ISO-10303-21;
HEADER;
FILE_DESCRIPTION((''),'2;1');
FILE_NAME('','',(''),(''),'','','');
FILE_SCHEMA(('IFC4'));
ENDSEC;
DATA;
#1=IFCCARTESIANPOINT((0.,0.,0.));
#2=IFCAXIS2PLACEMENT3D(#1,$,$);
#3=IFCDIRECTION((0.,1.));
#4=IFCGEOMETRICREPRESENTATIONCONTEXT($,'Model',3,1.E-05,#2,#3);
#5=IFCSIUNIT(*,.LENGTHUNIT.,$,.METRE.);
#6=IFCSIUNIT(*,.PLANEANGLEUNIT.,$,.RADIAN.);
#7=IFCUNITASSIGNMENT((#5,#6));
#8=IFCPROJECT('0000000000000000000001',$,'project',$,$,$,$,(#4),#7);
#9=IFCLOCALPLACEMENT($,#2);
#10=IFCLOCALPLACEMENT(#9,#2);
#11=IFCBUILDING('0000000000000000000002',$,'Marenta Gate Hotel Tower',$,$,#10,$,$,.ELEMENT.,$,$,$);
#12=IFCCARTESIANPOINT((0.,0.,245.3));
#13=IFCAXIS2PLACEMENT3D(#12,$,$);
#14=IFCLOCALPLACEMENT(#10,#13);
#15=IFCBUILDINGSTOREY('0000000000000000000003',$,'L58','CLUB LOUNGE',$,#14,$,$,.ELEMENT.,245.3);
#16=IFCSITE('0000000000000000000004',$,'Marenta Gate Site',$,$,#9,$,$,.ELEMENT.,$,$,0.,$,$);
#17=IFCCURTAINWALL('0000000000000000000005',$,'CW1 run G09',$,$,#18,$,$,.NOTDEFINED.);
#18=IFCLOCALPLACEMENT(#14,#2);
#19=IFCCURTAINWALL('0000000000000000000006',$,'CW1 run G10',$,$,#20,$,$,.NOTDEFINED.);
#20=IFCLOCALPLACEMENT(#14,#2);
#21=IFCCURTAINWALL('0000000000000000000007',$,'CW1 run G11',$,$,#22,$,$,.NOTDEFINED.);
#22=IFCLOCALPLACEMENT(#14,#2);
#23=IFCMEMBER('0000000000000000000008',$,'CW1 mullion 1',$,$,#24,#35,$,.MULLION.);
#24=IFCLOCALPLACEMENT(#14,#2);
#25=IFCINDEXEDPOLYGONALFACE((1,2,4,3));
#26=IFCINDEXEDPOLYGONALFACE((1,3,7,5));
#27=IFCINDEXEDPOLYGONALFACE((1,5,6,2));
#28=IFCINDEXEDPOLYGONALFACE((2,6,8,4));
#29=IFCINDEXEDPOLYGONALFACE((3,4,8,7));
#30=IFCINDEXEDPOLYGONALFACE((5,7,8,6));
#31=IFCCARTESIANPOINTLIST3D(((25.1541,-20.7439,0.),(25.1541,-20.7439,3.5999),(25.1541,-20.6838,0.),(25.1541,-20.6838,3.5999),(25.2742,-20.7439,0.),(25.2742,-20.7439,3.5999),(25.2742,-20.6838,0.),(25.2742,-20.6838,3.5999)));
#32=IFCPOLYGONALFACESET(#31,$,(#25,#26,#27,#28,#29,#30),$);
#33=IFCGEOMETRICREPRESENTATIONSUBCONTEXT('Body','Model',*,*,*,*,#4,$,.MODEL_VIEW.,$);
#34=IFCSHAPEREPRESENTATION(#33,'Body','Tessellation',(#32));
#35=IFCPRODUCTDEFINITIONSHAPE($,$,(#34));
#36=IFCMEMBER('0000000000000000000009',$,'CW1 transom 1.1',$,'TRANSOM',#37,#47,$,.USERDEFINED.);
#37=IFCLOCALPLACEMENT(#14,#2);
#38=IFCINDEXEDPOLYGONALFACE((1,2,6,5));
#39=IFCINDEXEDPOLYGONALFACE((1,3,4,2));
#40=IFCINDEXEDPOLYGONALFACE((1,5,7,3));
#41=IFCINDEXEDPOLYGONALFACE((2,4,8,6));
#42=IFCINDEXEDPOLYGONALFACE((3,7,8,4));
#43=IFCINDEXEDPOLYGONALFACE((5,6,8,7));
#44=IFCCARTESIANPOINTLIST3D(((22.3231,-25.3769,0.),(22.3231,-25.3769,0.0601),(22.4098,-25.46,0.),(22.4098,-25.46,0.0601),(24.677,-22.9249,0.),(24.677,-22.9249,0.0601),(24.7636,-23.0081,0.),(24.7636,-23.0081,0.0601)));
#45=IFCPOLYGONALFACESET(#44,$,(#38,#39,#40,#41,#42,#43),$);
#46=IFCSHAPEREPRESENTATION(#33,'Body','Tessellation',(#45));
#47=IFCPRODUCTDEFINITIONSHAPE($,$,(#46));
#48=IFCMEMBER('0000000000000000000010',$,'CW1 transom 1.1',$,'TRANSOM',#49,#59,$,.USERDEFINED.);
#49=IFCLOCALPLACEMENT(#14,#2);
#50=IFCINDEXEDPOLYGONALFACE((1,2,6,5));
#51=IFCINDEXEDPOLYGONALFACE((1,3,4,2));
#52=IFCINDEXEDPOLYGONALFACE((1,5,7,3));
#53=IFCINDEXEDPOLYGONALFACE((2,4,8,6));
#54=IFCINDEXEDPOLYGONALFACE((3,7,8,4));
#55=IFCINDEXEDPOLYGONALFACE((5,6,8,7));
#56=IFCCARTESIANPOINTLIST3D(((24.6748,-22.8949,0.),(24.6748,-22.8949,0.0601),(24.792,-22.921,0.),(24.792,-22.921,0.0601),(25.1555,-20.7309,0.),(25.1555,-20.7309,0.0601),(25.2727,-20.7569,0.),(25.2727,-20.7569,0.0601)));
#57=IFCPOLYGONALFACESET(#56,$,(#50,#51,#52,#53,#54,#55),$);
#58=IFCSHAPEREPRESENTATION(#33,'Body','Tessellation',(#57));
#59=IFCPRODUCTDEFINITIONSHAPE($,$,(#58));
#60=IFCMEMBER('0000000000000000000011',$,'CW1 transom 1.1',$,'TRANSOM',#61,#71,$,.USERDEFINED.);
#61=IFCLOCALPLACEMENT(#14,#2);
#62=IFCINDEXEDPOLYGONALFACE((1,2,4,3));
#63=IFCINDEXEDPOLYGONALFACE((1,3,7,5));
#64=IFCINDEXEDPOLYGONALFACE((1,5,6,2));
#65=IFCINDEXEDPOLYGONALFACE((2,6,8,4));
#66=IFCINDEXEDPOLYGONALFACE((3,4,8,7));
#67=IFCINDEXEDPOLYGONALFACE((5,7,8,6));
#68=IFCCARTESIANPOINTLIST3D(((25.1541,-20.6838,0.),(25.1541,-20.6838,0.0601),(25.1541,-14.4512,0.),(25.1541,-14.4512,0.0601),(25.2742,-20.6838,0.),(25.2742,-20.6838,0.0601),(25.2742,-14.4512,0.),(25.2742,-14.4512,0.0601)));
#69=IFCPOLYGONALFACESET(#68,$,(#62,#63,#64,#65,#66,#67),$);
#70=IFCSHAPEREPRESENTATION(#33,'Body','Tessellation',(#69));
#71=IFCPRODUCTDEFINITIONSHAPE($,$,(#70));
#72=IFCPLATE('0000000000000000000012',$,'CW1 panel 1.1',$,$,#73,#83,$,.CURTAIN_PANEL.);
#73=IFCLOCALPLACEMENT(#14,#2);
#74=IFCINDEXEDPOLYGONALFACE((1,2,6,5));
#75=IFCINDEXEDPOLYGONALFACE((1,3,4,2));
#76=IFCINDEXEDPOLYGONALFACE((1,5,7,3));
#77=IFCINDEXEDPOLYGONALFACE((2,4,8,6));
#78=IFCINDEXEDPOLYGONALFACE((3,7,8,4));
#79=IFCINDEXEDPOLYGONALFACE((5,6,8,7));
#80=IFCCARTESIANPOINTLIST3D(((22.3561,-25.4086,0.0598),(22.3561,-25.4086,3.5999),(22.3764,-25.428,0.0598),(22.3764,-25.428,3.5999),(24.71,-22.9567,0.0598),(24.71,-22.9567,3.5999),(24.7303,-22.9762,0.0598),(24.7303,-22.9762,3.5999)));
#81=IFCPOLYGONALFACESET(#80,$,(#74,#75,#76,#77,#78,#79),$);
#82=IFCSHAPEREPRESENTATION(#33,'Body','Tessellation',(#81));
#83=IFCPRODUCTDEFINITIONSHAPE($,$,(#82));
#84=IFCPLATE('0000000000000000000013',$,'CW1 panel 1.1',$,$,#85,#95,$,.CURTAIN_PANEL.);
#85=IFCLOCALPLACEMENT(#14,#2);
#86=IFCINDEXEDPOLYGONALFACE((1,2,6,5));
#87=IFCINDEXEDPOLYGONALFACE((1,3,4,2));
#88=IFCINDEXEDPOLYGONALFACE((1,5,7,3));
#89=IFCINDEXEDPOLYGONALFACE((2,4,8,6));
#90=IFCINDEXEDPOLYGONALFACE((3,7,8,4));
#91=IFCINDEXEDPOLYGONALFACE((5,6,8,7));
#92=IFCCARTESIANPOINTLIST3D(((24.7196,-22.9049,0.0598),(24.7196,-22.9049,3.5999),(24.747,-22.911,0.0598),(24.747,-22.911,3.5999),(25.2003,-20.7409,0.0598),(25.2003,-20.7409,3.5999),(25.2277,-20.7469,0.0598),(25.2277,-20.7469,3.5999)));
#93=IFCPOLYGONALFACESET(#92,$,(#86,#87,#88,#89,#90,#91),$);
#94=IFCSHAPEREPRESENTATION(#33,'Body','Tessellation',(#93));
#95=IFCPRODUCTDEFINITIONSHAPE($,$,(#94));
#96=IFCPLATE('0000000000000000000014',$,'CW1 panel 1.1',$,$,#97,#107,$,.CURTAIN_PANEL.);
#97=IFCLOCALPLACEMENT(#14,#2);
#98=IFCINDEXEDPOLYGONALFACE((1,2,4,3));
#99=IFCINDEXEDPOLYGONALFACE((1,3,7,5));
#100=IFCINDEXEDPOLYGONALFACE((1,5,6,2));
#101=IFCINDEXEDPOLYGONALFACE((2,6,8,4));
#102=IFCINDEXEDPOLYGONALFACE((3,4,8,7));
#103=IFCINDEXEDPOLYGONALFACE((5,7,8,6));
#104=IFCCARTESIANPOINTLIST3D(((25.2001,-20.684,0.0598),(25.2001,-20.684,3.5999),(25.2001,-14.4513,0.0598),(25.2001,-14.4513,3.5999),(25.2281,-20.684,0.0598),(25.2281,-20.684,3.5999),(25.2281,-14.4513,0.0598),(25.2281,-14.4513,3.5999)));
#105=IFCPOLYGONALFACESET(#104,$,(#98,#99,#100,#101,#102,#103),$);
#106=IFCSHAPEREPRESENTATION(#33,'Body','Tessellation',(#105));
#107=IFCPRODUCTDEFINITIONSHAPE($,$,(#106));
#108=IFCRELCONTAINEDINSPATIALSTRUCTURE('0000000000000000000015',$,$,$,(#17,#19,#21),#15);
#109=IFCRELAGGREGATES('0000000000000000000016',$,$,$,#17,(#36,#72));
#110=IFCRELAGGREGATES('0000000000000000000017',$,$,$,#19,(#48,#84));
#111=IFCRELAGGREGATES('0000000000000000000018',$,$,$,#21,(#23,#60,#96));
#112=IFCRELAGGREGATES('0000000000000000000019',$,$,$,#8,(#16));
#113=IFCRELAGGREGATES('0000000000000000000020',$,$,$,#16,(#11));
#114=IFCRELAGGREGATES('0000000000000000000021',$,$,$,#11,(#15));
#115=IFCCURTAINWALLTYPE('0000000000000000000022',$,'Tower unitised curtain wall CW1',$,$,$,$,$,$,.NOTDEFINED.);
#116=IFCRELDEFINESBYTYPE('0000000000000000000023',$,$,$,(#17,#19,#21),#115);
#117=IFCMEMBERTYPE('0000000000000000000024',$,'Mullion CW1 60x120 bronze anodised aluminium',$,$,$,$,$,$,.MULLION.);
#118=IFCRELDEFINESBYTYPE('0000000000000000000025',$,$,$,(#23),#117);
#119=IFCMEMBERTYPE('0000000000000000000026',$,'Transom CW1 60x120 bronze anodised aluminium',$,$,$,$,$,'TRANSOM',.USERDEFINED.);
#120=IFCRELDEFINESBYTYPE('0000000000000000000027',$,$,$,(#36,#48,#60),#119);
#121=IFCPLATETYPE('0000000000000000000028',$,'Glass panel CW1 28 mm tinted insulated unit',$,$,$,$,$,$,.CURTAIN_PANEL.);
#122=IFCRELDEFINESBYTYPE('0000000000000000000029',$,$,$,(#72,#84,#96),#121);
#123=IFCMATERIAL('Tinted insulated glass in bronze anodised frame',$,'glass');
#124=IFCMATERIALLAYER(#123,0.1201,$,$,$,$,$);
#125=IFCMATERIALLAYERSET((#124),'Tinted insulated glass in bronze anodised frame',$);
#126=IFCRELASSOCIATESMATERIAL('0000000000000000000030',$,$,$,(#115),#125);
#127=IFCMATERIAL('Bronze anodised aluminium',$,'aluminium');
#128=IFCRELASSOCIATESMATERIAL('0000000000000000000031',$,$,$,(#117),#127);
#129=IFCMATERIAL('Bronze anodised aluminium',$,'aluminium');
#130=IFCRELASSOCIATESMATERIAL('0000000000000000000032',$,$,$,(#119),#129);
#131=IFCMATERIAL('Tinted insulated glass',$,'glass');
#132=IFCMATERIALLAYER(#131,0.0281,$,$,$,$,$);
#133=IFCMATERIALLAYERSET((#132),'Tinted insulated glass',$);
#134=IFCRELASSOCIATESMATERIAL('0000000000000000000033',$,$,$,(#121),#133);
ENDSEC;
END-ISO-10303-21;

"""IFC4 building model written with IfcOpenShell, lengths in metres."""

from ifc_helpers import new_model, si_unit, direction, frame, origin, origin_2d, place, context, subcontext, project, spatial, rectangle, extrude, material, layer, layer_set, material_profile, profile_set, type_object, element, aggregate, save


model = new_model("IFC4")

# Units and contexts
model_context = context("Model", 3, precision=1e-05, world=origin(), true_north=direction((0.0, 1.0)))
body_context = subcontext(model_context, "Body", "Model", "MODEL_VIEW")
ifc_project = project(units=[si_unit("LENGTHUNIT", "METRE"), si_unit("PLANEANGLEUNIT", "RADIAN")], contexts=[model_context])

# Site, building, storey
site_placement = place(None, origin())
site = spatial("IfcSite", under=ifc_project, at=site_placement, Name="Marenta Gate Site", CompositionType="ELEMENT", RefElevation=0.0)
building_placement = place(site_placement, origin())
building = spatial("IfcBuilding", under=site, at=building_placement, Name="Marenta Gate Hotel Tower", CompositionType="ELEMENT")
storey_placement = place(building_placement, frame((0.0, 0.0, 245.3)))
storey = spatial("IfcBuildingStorey", under=building, at=storey_placement, Name="L58", Description="CLUB LOUNGE", CompositionType="ELEMENT", Elevation=245.3)

# Curtain walls, member
ifc_material_1 = material(Name="Tinted insulated glass in bronze anodised frame", Category="glass")
ifc_layer_1 = layer(ifc_material_1, 0.1201)
ifc_layer_set_1 = layer_set([ifc_layer_1], Name="Tinted insulated glass in bronze anodised frame")
curtain_wall_type = type_object("IfcCurtainWallType", Name="Tower unitised curtain wall CW1", PredefinedType="NOTDEFINED", material=ifc_layer_set_1)
curtain_wall_1_placement = place(storey_placement, origin())
curtain_wall_1 = element("IfcCurtainWall", 1, at=curtain_wall_1_placement, inside=storey, type_object=curtain_wall_type, Name="CW1 run G09", PredefinedType="NOTDEFINED")
ifc_material_2 = material(Name="Bronze anodised aluminium", Category="aluminium")
ifc_material_profile_1 = material_profile(ifc_material_2, rectangle(XDim=0.1201, YDim=0.0601, at=origin_2d()), Name="Mullion CW1 60x120 bronze anodised aluminium")
ifc_profile_set_1 = profile_set([ifc_material_profile_1], Name="Bronze anodised aluminium")
member_type_1 = type_object("IfcMemberType", Name="Mullion CW1 60x120 bronze anodised aluminium", PredefinedType="MULLION", material=ifc_profile_set_1)
curtain_wall_2_placement = place(storey_placement, origin())
curtain_wall_2 = element("IfcCurtainWall", 2, at=curtain_wall_2_placement, inside=storey, type_object=curtain_wall_type, Name="CW1 run G10", PredefinedType="NOTDEFINED")
curtain_wall_3_placement = place(storey_placement, origin())
curtain_wall_3 = element("IfcCurtainWall", 3, at=curtain_wall_3_placement, inside=storey, type_object=curtain_wall_type, Name="CW1 run G11", PredefinedType="NOTDEFINED")
member_1_placement = place(storey_placement, frame((25.2141, -20.7139, 0.0), z_axis=(0.0, 0.0, 1.0), x_axis=(-1.0, 0.0, 0.0)))
member_1 = element("IfcMember", 4, at=member_1_placement, type_object=member_type_1, Name="CW1 mullion 1", PredefinedType="MULLION", context=body_context, shape_type="SweptSolid", body=[
    extrude(rectangle(XDim=0.1201, YDim=0.0601, at=origin_2d()), origin(), (0.0, 0.0, 1.0), 3.5999),
])

# Members
ifc_material_3 = material(Name="Bronze anodised aluminium", Category="aluminium")
ifc_material_profile_2 = material_profile(ifc_material_3, rectangle(XDim=0.1201, YDim=0.0601, at=origin_2d()), Name="Transom CW1 60x120 bronze anodised aluminium")
ifc_profile_set_2 = profile_set([ifc_material_profile_2], Name="Bronze anodised aluminium")
member_type_2 = type_object("IfcMemberType", Name="Transom CW1 60x120 bronze anodised aluminium", ElementType="TRANSOM", PredefinedType="USERDEFINED", material=ifc_profile_set_2)
member_2_placement = place(storey_placement, frame((22.3665, -25.4185, 0.03), z_axis=(0.692521, 0.721397, 0.0), x_axis=(-0.721397, 0.692521, 0.0)))
member_2 = element("IfcMember", 5, at=member_2_placement, type_object=member_type_2, Name="CW1 transom 1.1", ObjectType="TRANSOM", PredefinedType="USERDEFINED", context=body_context, shape_type="SweptSolid", body=[
    extrude(rectangle(XDim=0.1201, YDim=0.0601, at=origin_2d()), origin(), (0.0, 0.0, 1.0), 3.3989),
])
member_3_placement = place(storey_placement, frame((24.7334, -22.908, 0.03), z_axis=(0.216849, 0.976205, 0.0), x_axis=(-0.976205, 0.216849, 0.0)))
member_3 = element("IfcMember", 6, at=member_3_placement, type_object=member_type_2, Name="CW1 transom 1.1", ObjectType="TRANSOM", PredefinedType="USERDEFINED", context=body_context, shape_type="SweptSolid", body=[
    extrude(rectangle(XDim=0.1201, YDim=0.0601, at=origin_2d()), origin(), (0.0, 0.0, 1.0), 2.2168),
])
member_4_placement = place(storey_placement, frame((25.2141, -20.6838, 0.03), z_axis=(0.0, 1.0, 0.0), x_axis=(-1.0, 0.0, 0.0)))
member_4 = element("IfcMember", 7, at=member_4_placement, type_object=member_type_2, Name="CW1 transom 1.1", ObjectType="TRANSOM", PredefinedType="USERDEFINED", context=body_context, shape_type="SweptSolid", body=[
    extrude(rectangle(XDim=0.1201, YDim=0.0601, at=origin_2d()), origin(), (0.0, 0.0, 1.0), 6.2327),
])

# Plates
ifc_material_4 = material(Name="Tinted insulated glass", Category="glass")
ifc_layer_2 = layer(ifc_material_4, 0.0281)
ifc_layer_set_2 = layer_set([ifc_layer_2], Name="Tinted insulated glass")
plate_type = type_object("IfcPlateType", Name="Glass panel CW1 28 mm tinted insulated unit", PredefinedType="CURTAIN_PANEL", material=ifc_layer_set_2)
plate_1_placement = place(storey_placement, frame((23.5432, -24.1924, 0.0598), z_axis=(0.0, 0.0, 1.0), x_axis=(0.692548, 0.721372, 0.0)))
plate_1 = element("IfcPlate", 8, at=plate_1_placement, type_object=plate_type, Name="CW1 panel 1.1", PredefinedType="CURTAIN_PANEL", context=body_context, shape_type="SweptSolid", body=[
    extrude(rectangle(XDim=3.3989, YDim=0.0281, at=origin_2d()), origin(), (0.0, 0.0, 1.0), 3.54),
])
aggregate(curtain_wall_1, [member_2, plate_1])
plate_2_placement = place(storey_placement, frame((24.9736, -21.8259, 0.0598), z_axis=(0.0, 0.0, 1.0), x_axis=(0.216842, 0.976207, 0.0)))
plate_2 = element("IfcPlate", 9, at=plate_2_placement, type_object=plate_type, Name="CW1 panel 1.1", PredefinedType="CURTAIN_PANEL", context=body_context, shape_type="SweptSolid", body=[
    extrude(rectangle(XDim=2.2168, YDim=0.0281, at=origin_2d()), origin(), (0.0, 0.0, 1.0), 3.54),
])
aggregate(curtain_wall_2, [member_3, plate_2])
plate_3_placement = place(storey_placement, frame((25.2141, -17.5676, 0.0598), z_axis=(0.0, 0.0, 1.0), x_axis=(0.0, 1.0, 0.0)))
plate_3 = element("IfcPlate", 10, at=plate_3_placement, type_object=plate_type, Name="CW1 panel 1.1", PredefinedType="CURTAIN_PANEL", context=body_context, shape_type="SweptSolid", body=[
    extrude(rectangle(XDim=6.2327, YDim=0.0281, at=origin_2d()), origin(), (0.0, 0.0, 1.0), 3.54),
])
aggregate(curtain_wall_3, [member_1, member_4, plate_3])

save(model, "model.ifc")
